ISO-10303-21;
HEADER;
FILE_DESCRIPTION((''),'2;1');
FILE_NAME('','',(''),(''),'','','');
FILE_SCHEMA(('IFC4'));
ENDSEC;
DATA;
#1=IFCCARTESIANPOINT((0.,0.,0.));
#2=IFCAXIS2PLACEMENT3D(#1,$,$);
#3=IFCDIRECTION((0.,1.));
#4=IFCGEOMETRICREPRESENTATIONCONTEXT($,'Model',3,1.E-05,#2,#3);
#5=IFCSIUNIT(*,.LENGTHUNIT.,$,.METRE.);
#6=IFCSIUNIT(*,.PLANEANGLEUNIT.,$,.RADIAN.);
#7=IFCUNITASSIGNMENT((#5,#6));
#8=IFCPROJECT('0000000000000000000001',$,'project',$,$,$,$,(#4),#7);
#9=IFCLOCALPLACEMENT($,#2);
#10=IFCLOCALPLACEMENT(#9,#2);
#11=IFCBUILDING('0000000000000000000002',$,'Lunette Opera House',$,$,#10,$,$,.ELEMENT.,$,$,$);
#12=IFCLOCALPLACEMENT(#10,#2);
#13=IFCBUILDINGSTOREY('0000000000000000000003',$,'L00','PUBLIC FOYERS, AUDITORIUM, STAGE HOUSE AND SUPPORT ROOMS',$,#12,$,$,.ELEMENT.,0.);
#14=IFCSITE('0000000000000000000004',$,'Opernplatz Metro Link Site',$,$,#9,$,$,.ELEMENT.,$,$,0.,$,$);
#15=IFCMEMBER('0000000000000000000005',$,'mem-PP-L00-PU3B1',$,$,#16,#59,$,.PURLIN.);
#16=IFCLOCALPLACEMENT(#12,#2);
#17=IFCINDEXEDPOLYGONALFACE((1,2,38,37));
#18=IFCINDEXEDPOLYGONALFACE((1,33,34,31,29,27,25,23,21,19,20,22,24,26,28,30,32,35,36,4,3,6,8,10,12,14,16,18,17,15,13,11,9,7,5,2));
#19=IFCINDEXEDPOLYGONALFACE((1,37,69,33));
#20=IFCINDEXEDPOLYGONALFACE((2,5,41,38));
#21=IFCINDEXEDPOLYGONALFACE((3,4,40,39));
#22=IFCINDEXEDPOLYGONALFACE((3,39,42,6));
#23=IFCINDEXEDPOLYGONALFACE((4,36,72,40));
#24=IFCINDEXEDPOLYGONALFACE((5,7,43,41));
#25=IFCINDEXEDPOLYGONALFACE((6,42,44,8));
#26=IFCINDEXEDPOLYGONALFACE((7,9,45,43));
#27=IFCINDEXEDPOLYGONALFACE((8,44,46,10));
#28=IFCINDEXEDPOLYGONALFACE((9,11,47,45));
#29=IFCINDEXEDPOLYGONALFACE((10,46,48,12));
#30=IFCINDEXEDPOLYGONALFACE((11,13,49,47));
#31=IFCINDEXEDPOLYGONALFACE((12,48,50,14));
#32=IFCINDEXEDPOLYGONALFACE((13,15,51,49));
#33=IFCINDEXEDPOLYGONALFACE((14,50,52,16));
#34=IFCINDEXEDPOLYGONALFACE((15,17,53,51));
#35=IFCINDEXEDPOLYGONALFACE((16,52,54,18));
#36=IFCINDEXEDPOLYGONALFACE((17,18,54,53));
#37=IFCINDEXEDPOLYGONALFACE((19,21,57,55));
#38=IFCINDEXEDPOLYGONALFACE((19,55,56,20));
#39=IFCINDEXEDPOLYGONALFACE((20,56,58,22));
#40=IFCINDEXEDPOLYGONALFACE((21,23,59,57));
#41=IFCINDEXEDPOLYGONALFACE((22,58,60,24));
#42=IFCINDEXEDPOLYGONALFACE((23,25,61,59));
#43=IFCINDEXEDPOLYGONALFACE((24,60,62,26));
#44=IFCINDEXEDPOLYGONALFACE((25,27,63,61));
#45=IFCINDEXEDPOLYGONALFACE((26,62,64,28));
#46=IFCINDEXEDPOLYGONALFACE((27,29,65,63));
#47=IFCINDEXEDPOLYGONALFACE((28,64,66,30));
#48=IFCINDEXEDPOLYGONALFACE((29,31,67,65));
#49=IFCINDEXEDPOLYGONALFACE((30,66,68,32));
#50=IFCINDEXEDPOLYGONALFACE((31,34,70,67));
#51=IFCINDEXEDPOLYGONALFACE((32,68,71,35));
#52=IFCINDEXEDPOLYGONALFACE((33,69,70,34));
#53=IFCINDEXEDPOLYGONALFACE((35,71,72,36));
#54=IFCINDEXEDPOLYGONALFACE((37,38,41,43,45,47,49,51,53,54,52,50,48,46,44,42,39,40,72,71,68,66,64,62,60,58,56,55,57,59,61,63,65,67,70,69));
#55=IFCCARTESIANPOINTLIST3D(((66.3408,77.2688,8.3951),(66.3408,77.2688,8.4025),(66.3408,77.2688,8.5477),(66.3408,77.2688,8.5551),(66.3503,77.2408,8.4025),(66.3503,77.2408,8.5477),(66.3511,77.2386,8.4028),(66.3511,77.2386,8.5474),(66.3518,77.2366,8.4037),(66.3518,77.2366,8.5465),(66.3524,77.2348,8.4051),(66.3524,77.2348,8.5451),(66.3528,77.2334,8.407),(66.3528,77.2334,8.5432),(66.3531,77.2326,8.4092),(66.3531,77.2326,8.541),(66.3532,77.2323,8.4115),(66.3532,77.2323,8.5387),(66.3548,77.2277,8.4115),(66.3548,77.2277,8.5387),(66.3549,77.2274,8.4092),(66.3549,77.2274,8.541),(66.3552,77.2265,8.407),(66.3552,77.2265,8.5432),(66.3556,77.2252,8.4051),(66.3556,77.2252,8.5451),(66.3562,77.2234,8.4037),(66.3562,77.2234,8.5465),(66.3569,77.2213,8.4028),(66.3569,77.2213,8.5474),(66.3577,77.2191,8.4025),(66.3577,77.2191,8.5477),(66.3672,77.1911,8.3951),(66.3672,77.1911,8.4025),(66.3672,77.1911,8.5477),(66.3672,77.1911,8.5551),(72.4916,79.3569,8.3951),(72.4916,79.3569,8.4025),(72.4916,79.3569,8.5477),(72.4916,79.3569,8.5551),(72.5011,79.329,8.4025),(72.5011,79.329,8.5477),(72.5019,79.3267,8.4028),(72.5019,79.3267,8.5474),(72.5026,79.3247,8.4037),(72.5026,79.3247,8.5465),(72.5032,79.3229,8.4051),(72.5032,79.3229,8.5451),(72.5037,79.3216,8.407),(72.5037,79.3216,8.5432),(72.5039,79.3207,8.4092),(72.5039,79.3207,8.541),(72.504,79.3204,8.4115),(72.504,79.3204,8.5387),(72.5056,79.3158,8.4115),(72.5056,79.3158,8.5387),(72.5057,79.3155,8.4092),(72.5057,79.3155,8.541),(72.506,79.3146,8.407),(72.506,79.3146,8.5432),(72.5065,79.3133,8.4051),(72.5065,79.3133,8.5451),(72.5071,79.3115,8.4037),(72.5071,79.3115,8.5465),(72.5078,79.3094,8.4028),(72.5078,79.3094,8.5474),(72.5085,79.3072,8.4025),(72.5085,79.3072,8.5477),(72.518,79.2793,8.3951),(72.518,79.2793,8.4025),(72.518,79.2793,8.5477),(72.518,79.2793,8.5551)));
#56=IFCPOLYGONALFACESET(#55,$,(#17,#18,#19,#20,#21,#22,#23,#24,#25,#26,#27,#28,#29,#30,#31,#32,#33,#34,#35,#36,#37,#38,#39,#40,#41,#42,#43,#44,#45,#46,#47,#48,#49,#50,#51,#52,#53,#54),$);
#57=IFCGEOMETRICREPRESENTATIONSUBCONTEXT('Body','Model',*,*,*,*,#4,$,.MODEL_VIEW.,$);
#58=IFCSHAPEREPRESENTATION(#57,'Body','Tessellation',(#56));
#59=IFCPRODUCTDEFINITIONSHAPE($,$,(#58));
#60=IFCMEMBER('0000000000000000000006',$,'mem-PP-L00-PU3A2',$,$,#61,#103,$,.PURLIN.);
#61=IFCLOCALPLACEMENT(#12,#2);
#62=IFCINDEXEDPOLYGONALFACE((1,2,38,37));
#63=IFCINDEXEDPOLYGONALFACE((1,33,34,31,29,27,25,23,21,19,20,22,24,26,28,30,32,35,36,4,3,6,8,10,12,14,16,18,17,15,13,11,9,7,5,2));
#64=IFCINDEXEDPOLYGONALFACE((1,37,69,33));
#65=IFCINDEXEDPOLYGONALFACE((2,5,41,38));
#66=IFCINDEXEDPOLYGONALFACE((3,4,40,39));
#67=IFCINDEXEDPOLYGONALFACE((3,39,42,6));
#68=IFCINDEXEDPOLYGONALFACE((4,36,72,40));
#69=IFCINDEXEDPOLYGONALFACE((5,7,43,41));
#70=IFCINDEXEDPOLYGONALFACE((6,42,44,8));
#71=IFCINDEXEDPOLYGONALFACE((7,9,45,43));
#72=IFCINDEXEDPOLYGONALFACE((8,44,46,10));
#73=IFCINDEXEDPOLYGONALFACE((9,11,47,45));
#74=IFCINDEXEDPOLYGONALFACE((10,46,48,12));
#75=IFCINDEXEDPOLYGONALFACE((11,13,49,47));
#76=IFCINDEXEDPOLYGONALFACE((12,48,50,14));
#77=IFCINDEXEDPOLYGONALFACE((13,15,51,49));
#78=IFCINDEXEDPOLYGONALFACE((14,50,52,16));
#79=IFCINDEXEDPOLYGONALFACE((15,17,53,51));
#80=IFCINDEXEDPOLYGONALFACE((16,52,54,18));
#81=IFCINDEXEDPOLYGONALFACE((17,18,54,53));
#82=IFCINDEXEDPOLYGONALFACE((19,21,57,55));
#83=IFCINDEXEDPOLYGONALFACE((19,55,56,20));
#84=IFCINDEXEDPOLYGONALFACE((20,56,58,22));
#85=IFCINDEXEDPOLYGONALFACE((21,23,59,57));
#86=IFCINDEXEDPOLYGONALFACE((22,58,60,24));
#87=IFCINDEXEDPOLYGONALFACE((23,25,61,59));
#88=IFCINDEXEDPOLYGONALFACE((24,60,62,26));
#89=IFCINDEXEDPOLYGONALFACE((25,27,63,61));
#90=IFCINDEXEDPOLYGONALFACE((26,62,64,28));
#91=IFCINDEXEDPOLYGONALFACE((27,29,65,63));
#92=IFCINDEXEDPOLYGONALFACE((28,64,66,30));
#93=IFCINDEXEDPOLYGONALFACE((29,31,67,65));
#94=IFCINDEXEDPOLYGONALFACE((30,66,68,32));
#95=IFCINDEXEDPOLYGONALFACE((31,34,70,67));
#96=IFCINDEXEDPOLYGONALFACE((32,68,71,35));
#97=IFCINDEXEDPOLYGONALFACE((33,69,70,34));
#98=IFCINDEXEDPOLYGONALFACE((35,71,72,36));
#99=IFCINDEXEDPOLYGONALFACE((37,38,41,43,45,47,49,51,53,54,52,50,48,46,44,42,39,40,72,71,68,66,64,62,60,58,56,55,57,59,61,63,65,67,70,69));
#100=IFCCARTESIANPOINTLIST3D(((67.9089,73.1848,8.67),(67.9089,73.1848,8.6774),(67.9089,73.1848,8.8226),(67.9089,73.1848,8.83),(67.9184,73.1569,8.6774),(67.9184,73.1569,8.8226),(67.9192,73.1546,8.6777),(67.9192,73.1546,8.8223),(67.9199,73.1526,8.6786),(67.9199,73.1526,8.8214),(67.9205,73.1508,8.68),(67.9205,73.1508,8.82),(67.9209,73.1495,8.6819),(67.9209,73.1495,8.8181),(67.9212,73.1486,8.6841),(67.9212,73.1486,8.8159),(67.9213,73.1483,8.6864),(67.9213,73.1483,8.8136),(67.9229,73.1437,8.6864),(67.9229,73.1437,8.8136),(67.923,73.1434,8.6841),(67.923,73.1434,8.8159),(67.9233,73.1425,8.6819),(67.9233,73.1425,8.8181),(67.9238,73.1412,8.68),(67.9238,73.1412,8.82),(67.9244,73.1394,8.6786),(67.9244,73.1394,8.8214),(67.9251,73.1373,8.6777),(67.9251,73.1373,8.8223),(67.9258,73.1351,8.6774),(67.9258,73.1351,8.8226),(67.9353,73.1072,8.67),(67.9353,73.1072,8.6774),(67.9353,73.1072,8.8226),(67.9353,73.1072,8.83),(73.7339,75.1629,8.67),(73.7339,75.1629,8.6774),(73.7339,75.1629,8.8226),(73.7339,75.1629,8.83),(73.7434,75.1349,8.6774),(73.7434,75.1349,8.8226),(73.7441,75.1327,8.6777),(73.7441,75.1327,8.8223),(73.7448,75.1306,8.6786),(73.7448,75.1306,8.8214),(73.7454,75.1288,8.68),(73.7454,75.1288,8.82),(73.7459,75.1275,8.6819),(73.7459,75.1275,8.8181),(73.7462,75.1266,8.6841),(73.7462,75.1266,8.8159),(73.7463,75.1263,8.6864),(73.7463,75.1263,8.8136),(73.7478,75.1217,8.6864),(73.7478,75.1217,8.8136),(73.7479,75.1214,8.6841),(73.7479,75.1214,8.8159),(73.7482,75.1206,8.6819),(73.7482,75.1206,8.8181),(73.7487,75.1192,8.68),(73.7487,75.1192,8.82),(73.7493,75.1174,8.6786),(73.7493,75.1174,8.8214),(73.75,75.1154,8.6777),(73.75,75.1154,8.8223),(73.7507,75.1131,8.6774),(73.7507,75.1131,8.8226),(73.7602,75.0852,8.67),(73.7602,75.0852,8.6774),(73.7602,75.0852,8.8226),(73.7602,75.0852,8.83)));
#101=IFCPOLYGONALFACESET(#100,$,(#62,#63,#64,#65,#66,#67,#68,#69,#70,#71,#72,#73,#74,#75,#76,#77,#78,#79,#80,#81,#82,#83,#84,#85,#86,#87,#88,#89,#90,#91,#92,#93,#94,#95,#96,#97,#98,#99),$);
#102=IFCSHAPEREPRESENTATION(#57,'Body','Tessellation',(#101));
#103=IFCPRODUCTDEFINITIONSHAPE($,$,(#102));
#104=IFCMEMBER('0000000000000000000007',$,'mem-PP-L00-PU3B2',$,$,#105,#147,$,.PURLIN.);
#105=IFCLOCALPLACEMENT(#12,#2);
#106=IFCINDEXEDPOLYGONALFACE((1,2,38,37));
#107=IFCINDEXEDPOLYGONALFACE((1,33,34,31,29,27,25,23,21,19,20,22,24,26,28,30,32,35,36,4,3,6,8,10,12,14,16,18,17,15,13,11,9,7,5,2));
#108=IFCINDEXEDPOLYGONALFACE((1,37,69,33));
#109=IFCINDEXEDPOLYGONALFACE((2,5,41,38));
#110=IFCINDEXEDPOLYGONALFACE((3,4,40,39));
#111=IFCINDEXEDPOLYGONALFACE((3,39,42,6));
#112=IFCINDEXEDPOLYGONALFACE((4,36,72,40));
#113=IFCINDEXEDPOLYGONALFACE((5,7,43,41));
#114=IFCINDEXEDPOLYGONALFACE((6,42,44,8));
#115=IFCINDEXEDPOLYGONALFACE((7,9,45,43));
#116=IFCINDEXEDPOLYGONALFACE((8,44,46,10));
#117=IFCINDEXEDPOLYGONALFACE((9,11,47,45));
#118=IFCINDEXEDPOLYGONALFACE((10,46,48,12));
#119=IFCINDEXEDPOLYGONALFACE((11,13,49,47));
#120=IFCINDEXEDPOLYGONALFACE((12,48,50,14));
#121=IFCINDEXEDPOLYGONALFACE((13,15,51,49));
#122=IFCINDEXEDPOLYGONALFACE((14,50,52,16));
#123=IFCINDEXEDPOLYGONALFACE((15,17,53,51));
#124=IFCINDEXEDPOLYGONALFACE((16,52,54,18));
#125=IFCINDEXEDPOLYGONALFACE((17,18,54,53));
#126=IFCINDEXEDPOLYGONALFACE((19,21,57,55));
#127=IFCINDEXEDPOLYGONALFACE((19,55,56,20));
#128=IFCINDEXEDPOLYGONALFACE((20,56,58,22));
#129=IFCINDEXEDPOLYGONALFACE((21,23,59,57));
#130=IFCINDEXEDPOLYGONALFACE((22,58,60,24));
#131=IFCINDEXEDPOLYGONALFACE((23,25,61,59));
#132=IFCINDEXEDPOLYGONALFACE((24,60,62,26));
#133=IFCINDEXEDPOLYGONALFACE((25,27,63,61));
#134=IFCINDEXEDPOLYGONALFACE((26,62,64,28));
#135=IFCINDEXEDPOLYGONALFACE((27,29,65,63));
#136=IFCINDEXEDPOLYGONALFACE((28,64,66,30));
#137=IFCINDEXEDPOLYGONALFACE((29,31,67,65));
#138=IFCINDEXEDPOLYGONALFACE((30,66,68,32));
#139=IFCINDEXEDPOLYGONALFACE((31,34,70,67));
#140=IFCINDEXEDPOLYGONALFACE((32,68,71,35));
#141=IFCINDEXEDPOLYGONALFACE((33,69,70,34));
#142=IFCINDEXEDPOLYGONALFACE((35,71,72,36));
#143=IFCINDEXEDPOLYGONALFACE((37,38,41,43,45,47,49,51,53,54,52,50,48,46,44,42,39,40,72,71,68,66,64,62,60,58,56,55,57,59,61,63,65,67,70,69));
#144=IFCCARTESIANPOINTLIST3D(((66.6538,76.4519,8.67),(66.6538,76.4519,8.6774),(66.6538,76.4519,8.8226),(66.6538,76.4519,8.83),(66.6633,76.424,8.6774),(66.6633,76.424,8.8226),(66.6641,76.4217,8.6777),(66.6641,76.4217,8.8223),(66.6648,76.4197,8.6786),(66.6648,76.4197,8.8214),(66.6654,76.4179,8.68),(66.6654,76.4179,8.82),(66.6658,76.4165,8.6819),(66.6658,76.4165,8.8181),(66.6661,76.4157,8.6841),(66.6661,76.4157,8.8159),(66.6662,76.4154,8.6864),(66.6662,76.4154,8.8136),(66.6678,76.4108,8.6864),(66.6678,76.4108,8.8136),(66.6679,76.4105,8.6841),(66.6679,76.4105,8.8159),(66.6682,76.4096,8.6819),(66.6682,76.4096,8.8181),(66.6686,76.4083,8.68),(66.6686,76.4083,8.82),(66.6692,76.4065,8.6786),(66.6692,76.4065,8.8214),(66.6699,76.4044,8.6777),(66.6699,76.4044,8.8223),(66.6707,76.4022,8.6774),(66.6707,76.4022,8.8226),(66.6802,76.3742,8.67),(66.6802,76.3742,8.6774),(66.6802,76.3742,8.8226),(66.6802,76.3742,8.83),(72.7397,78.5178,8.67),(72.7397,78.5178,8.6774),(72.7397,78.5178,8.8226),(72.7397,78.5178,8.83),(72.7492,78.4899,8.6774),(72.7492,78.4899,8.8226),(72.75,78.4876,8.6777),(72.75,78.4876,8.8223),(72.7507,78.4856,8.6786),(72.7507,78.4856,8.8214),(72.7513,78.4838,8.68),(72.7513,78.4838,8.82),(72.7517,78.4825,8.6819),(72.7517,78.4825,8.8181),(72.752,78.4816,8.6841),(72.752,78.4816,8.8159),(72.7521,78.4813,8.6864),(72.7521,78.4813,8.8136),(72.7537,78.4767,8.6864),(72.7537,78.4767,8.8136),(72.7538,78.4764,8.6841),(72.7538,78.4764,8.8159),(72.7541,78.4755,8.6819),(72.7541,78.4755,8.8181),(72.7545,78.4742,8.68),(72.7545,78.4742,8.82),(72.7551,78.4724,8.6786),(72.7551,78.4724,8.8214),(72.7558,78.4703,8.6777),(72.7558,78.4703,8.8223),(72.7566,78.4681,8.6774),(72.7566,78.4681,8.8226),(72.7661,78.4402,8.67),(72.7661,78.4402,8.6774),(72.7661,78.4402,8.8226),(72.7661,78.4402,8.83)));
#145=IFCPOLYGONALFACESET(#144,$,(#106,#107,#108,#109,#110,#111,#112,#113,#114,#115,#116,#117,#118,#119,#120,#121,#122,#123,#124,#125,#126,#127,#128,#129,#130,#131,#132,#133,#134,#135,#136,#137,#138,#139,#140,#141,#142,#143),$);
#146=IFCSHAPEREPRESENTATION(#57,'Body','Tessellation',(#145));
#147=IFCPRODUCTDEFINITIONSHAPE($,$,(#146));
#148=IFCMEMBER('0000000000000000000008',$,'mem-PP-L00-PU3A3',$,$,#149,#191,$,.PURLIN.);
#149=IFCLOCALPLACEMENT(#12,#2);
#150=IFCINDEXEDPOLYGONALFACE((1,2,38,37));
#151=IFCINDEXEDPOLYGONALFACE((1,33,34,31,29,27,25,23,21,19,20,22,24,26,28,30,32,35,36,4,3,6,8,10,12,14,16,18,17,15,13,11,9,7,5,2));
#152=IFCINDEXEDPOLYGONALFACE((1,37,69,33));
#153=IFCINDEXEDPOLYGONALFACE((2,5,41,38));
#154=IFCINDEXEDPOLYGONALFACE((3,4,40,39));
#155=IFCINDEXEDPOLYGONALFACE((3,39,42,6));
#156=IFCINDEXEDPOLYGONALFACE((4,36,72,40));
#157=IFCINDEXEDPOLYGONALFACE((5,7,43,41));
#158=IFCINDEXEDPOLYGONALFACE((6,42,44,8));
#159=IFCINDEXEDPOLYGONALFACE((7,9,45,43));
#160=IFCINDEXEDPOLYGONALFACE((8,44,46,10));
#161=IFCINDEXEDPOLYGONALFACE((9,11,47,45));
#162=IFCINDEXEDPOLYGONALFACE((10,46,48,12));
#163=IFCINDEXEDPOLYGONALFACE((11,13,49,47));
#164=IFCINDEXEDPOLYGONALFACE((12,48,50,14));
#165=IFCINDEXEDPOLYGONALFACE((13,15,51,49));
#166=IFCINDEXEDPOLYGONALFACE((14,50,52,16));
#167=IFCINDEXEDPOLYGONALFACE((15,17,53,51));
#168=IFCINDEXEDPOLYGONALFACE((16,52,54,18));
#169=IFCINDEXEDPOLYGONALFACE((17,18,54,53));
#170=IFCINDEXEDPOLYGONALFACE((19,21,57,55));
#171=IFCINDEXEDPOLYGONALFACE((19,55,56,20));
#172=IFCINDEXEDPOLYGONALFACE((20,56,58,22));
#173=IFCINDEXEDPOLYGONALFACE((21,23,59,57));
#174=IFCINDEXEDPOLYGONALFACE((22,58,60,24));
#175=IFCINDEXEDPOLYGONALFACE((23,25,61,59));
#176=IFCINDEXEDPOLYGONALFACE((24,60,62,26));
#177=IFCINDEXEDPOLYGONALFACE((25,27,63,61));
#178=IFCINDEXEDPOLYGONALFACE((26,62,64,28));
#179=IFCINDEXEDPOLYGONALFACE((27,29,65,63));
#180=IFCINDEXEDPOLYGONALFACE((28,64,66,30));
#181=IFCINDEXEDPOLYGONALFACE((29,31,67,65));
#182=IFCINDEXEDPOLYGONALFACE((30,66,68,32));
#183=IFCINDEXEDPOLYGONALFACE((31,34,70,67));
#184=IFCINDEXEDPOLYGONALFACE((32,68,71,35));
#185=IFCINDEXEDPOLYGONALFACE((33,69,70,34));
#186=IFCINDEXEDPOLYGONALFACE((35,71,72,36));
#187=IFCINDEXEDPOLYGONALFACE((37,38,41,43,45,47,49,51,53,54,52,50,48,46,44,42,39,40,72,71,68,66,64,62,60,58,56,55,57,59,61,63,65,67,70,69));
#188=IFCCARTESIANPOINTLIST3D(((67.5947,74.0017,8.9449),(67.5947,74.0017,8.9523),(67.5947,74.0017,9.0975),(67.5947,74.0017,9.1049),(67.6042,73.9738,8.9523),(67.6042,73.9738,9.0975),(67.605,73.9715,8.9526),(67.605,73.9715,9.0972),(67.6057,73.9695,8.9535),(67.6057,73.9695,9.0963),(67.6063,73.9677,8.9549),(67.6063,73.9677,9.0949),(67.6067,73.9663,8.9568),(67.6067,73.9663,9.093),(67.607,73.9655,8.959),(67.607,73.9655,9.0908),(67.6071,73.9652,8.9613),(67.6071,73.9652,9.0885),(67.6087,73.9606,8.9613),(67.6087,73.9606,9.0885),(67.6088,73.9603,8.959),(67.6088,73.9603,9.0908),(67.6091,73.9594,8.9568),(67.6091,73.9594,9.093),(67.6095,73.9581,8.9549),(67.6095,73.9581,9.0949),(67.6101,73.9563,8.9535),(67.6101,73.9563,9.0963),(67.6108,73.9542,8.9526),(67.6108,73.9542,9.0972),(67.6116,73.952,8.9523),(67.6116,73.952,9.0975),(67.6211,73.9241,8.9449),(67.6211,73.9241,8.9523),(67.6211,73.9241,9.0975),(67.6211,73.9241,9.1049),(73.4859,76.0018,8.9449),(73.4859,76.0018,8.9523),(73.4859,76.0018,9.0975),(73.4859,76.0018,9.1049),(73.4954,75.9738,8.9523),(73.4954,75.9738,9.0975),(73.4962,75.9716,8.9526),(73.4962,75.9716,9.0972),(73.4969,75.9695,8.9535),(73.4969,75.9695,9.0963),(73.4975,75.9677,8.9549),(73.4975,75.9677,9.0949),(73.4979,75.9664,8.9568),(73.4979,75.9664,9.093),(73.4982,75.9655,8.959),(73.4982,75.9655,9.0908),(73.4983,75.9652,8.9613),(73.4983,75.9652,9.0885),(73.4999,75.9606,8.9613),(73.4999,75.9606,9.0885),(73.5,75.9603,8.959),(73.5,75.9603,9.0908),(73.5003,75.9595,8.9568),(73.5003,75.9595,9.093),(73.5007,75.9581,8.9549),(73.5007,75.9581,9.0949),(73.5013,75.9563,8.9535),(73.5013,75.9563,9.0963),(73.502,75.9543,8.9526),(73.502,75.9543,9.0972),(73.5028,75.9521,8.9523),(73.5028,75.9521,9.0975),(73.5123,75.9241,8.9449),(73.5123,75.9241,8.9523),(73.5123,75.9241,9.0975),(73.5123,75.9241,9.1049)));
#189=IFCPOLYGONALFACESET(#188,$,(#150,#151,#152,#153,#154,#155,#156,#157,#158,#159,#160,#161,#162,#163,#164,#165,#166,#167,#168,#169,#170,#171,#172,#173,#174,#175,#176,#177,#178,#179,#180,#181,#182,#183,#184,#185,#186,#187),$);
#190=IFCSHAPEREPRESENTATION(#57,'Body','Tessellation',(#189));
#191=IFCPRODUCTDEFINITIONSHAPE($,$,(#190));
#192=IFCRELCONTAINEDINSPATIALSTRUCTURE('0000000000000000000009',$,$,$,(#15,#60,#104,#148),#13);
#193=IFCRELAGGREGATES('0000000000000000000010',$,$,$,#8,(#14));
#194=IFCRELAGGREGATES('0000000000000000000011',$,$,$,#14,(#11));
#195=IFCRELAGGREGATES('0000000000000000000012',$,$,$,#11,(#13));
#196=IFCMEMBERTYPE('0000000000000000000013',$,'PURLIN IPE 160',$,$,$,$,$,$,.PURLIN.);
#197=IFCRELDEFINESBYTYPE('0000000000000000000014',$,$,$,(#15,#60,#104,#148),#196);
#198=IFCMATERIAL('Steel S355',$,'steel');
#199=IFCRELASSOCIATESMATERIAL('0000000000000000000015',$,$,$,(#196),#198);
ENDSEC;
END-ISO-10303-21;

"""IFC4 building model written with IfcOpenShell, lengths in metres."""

from ifc_helpers import new_model, si_unit, direction, frame, origin, origin_2d, place, context, subcontext, project, spatial, i_section, extrude, material, material_profile, profile_set, type_object, element, save


model = new_model("IFC4")

# Units and contexts
model_context = context("Model", 3, precision=1e-05, world=origin(), true_north=direction((0.0, 1.0)))
body_context = subcontext(model_context, "Body", "Model", "MODEL_VIEW")
ifc_project = project(units=[si_unit("LENGTHUNIT", "METRE"), si_unit("PLANEANGLEUNIT", "RADIAN")], contexts=[model_context])

# Site, building, storey
site_placement = place(None, origin())
site = spatial("IfcSite", under=ifc_project, at=site_placement, Name="Opernplatz Metro Link Site", CompositionType="ELEMENT", RefElevation=0.0)
building_placement = place(site_placement, origin())
building = spatial("IfcBuilding", under=site, at=building_placement, Name="Lunette Opera House", CompositionType="ELEMENT")
storey_placement = place(building_placement, origin())
storey = spatial("IfcBuildingStorey", under=building, at=storey_placement, Name="L00", Description="PUBLIC FOYERS, AUDITORIUM, STAGE HOUSE AND SUPPORT ROOMS", CompositionType="ELEMENT", Elevation=0.0)

# Members
ifc_material_1 = material(Name="Steel S355", Category="steel")
ifc_material_profile_1 = material_profile(ifc_material_1, i_section(OverallWidth=0.082, OverallDepth=0.1599, WebThickness=0.0049, FlangeThickness=0.0073, FilletRadius=0.009, at=origin_2d()), Name="IPE 160")
ifc_profile_set_1 = profile_set([ifc_material_profile_1], Name="Steel S355")
member_type_1 = type_object("IfcMemberType", Name="PURLIN IPE 160", PredefinedType="PURLIN", material=ifc_profile_set_1)
member_1_placement = place(storey_placement, frame((66.354, 77.23, 8.4751), z_axis=(0.946921, 0.321466, 0.0), x_axis=(-0.321466, 0.946921, 0.0)))
element("IfcMember", 1, at=member_1_placement, inside=storey, type_object=member_type_1, Name="mem-PP-L00-PU3B1", PredefinedType="PURLIN", context=body_context, shape_type="SweptSolid", body=[
    extrude(i_section(OverallWidth=0.082, OverallDepth=0.1599, WebThickness=0.0049, FlangeThickness=0.0073, FilletRadius=0.009, at=origin_2d()), origin(), (0.0, 0.0, 1.0), 6.4956),
])
member_2_placement = place(storey_placement, frame((67.9221, 73.146, 8.75), z_axis=(0.946894, 0.321545, 0.0), x_axis=(-0.321545, 0.946894, 0.0)))
element("IfcMember", 2, at=member_2_placement, inside=storey, type_object=member_type_1, Name="mem-PP-L00-PU3A2", PredefinedType="PURLIN", context=body_context, shape_type="SweptSolid", body=[
    extrude(i_section(OverallWidth=0.082, OverallDepth=0.1599, WebThickness=0.0049, FlangeThickness=0.0073, FilletRadius=0.009, at=origin_2d()), origin(), (0.0, 0.0, 1.0), 6.1516),
])
member_3_placement = place(storey_placement, frame((66.667, 76.4131, 8.75), z_axis=(0.946929, 0.321442, 0.0), x_axis=(-0.321442, 0.946929, 0.0)))
element("IfcMember", 3, at=member_3_placement, inside=storey, type_object=member_type_1, Name="mem-PP-L00-PU3B2", PredefinedType="PURLIN", context=body_context, shape_type="SweptSolid", body=[
    extrude(i_section(OverallWidth=0.082, OverallDepth=0.1599, WebThickness=0.0049, FlangeThickness=0.0073, FilletRadius=0.009, at=origin_2d()), origin(), (0.0, 0.0, 1.0), 6.427),
])
member_4_placement = place(storey_placement, frame((67.6079, 73.9629, 9.0249), z_axis=(0.946919, 0.321474, 0.0), x_axis=(-0.321474, 0.946919, 0.0)))
element("IfcMember", 4, at=member_4_placement, inside=storey, type_object=member_type_1, Name="mem-PP-L00-PU3A3", PredefinedType="PURLIN", context=body_context, shape_type="SweptSolid", body=[
    extrude(i_section(OverallWidth=0.082, OverallDepth=0.1599, WebThickness=0.0049, FlangeThickness=0.0073, FilletRadius=0.009, at=origin_2d()), origin(), (0.0, 0.0, 1.0), 6.2214),
])

save(model, "model.ifc")
